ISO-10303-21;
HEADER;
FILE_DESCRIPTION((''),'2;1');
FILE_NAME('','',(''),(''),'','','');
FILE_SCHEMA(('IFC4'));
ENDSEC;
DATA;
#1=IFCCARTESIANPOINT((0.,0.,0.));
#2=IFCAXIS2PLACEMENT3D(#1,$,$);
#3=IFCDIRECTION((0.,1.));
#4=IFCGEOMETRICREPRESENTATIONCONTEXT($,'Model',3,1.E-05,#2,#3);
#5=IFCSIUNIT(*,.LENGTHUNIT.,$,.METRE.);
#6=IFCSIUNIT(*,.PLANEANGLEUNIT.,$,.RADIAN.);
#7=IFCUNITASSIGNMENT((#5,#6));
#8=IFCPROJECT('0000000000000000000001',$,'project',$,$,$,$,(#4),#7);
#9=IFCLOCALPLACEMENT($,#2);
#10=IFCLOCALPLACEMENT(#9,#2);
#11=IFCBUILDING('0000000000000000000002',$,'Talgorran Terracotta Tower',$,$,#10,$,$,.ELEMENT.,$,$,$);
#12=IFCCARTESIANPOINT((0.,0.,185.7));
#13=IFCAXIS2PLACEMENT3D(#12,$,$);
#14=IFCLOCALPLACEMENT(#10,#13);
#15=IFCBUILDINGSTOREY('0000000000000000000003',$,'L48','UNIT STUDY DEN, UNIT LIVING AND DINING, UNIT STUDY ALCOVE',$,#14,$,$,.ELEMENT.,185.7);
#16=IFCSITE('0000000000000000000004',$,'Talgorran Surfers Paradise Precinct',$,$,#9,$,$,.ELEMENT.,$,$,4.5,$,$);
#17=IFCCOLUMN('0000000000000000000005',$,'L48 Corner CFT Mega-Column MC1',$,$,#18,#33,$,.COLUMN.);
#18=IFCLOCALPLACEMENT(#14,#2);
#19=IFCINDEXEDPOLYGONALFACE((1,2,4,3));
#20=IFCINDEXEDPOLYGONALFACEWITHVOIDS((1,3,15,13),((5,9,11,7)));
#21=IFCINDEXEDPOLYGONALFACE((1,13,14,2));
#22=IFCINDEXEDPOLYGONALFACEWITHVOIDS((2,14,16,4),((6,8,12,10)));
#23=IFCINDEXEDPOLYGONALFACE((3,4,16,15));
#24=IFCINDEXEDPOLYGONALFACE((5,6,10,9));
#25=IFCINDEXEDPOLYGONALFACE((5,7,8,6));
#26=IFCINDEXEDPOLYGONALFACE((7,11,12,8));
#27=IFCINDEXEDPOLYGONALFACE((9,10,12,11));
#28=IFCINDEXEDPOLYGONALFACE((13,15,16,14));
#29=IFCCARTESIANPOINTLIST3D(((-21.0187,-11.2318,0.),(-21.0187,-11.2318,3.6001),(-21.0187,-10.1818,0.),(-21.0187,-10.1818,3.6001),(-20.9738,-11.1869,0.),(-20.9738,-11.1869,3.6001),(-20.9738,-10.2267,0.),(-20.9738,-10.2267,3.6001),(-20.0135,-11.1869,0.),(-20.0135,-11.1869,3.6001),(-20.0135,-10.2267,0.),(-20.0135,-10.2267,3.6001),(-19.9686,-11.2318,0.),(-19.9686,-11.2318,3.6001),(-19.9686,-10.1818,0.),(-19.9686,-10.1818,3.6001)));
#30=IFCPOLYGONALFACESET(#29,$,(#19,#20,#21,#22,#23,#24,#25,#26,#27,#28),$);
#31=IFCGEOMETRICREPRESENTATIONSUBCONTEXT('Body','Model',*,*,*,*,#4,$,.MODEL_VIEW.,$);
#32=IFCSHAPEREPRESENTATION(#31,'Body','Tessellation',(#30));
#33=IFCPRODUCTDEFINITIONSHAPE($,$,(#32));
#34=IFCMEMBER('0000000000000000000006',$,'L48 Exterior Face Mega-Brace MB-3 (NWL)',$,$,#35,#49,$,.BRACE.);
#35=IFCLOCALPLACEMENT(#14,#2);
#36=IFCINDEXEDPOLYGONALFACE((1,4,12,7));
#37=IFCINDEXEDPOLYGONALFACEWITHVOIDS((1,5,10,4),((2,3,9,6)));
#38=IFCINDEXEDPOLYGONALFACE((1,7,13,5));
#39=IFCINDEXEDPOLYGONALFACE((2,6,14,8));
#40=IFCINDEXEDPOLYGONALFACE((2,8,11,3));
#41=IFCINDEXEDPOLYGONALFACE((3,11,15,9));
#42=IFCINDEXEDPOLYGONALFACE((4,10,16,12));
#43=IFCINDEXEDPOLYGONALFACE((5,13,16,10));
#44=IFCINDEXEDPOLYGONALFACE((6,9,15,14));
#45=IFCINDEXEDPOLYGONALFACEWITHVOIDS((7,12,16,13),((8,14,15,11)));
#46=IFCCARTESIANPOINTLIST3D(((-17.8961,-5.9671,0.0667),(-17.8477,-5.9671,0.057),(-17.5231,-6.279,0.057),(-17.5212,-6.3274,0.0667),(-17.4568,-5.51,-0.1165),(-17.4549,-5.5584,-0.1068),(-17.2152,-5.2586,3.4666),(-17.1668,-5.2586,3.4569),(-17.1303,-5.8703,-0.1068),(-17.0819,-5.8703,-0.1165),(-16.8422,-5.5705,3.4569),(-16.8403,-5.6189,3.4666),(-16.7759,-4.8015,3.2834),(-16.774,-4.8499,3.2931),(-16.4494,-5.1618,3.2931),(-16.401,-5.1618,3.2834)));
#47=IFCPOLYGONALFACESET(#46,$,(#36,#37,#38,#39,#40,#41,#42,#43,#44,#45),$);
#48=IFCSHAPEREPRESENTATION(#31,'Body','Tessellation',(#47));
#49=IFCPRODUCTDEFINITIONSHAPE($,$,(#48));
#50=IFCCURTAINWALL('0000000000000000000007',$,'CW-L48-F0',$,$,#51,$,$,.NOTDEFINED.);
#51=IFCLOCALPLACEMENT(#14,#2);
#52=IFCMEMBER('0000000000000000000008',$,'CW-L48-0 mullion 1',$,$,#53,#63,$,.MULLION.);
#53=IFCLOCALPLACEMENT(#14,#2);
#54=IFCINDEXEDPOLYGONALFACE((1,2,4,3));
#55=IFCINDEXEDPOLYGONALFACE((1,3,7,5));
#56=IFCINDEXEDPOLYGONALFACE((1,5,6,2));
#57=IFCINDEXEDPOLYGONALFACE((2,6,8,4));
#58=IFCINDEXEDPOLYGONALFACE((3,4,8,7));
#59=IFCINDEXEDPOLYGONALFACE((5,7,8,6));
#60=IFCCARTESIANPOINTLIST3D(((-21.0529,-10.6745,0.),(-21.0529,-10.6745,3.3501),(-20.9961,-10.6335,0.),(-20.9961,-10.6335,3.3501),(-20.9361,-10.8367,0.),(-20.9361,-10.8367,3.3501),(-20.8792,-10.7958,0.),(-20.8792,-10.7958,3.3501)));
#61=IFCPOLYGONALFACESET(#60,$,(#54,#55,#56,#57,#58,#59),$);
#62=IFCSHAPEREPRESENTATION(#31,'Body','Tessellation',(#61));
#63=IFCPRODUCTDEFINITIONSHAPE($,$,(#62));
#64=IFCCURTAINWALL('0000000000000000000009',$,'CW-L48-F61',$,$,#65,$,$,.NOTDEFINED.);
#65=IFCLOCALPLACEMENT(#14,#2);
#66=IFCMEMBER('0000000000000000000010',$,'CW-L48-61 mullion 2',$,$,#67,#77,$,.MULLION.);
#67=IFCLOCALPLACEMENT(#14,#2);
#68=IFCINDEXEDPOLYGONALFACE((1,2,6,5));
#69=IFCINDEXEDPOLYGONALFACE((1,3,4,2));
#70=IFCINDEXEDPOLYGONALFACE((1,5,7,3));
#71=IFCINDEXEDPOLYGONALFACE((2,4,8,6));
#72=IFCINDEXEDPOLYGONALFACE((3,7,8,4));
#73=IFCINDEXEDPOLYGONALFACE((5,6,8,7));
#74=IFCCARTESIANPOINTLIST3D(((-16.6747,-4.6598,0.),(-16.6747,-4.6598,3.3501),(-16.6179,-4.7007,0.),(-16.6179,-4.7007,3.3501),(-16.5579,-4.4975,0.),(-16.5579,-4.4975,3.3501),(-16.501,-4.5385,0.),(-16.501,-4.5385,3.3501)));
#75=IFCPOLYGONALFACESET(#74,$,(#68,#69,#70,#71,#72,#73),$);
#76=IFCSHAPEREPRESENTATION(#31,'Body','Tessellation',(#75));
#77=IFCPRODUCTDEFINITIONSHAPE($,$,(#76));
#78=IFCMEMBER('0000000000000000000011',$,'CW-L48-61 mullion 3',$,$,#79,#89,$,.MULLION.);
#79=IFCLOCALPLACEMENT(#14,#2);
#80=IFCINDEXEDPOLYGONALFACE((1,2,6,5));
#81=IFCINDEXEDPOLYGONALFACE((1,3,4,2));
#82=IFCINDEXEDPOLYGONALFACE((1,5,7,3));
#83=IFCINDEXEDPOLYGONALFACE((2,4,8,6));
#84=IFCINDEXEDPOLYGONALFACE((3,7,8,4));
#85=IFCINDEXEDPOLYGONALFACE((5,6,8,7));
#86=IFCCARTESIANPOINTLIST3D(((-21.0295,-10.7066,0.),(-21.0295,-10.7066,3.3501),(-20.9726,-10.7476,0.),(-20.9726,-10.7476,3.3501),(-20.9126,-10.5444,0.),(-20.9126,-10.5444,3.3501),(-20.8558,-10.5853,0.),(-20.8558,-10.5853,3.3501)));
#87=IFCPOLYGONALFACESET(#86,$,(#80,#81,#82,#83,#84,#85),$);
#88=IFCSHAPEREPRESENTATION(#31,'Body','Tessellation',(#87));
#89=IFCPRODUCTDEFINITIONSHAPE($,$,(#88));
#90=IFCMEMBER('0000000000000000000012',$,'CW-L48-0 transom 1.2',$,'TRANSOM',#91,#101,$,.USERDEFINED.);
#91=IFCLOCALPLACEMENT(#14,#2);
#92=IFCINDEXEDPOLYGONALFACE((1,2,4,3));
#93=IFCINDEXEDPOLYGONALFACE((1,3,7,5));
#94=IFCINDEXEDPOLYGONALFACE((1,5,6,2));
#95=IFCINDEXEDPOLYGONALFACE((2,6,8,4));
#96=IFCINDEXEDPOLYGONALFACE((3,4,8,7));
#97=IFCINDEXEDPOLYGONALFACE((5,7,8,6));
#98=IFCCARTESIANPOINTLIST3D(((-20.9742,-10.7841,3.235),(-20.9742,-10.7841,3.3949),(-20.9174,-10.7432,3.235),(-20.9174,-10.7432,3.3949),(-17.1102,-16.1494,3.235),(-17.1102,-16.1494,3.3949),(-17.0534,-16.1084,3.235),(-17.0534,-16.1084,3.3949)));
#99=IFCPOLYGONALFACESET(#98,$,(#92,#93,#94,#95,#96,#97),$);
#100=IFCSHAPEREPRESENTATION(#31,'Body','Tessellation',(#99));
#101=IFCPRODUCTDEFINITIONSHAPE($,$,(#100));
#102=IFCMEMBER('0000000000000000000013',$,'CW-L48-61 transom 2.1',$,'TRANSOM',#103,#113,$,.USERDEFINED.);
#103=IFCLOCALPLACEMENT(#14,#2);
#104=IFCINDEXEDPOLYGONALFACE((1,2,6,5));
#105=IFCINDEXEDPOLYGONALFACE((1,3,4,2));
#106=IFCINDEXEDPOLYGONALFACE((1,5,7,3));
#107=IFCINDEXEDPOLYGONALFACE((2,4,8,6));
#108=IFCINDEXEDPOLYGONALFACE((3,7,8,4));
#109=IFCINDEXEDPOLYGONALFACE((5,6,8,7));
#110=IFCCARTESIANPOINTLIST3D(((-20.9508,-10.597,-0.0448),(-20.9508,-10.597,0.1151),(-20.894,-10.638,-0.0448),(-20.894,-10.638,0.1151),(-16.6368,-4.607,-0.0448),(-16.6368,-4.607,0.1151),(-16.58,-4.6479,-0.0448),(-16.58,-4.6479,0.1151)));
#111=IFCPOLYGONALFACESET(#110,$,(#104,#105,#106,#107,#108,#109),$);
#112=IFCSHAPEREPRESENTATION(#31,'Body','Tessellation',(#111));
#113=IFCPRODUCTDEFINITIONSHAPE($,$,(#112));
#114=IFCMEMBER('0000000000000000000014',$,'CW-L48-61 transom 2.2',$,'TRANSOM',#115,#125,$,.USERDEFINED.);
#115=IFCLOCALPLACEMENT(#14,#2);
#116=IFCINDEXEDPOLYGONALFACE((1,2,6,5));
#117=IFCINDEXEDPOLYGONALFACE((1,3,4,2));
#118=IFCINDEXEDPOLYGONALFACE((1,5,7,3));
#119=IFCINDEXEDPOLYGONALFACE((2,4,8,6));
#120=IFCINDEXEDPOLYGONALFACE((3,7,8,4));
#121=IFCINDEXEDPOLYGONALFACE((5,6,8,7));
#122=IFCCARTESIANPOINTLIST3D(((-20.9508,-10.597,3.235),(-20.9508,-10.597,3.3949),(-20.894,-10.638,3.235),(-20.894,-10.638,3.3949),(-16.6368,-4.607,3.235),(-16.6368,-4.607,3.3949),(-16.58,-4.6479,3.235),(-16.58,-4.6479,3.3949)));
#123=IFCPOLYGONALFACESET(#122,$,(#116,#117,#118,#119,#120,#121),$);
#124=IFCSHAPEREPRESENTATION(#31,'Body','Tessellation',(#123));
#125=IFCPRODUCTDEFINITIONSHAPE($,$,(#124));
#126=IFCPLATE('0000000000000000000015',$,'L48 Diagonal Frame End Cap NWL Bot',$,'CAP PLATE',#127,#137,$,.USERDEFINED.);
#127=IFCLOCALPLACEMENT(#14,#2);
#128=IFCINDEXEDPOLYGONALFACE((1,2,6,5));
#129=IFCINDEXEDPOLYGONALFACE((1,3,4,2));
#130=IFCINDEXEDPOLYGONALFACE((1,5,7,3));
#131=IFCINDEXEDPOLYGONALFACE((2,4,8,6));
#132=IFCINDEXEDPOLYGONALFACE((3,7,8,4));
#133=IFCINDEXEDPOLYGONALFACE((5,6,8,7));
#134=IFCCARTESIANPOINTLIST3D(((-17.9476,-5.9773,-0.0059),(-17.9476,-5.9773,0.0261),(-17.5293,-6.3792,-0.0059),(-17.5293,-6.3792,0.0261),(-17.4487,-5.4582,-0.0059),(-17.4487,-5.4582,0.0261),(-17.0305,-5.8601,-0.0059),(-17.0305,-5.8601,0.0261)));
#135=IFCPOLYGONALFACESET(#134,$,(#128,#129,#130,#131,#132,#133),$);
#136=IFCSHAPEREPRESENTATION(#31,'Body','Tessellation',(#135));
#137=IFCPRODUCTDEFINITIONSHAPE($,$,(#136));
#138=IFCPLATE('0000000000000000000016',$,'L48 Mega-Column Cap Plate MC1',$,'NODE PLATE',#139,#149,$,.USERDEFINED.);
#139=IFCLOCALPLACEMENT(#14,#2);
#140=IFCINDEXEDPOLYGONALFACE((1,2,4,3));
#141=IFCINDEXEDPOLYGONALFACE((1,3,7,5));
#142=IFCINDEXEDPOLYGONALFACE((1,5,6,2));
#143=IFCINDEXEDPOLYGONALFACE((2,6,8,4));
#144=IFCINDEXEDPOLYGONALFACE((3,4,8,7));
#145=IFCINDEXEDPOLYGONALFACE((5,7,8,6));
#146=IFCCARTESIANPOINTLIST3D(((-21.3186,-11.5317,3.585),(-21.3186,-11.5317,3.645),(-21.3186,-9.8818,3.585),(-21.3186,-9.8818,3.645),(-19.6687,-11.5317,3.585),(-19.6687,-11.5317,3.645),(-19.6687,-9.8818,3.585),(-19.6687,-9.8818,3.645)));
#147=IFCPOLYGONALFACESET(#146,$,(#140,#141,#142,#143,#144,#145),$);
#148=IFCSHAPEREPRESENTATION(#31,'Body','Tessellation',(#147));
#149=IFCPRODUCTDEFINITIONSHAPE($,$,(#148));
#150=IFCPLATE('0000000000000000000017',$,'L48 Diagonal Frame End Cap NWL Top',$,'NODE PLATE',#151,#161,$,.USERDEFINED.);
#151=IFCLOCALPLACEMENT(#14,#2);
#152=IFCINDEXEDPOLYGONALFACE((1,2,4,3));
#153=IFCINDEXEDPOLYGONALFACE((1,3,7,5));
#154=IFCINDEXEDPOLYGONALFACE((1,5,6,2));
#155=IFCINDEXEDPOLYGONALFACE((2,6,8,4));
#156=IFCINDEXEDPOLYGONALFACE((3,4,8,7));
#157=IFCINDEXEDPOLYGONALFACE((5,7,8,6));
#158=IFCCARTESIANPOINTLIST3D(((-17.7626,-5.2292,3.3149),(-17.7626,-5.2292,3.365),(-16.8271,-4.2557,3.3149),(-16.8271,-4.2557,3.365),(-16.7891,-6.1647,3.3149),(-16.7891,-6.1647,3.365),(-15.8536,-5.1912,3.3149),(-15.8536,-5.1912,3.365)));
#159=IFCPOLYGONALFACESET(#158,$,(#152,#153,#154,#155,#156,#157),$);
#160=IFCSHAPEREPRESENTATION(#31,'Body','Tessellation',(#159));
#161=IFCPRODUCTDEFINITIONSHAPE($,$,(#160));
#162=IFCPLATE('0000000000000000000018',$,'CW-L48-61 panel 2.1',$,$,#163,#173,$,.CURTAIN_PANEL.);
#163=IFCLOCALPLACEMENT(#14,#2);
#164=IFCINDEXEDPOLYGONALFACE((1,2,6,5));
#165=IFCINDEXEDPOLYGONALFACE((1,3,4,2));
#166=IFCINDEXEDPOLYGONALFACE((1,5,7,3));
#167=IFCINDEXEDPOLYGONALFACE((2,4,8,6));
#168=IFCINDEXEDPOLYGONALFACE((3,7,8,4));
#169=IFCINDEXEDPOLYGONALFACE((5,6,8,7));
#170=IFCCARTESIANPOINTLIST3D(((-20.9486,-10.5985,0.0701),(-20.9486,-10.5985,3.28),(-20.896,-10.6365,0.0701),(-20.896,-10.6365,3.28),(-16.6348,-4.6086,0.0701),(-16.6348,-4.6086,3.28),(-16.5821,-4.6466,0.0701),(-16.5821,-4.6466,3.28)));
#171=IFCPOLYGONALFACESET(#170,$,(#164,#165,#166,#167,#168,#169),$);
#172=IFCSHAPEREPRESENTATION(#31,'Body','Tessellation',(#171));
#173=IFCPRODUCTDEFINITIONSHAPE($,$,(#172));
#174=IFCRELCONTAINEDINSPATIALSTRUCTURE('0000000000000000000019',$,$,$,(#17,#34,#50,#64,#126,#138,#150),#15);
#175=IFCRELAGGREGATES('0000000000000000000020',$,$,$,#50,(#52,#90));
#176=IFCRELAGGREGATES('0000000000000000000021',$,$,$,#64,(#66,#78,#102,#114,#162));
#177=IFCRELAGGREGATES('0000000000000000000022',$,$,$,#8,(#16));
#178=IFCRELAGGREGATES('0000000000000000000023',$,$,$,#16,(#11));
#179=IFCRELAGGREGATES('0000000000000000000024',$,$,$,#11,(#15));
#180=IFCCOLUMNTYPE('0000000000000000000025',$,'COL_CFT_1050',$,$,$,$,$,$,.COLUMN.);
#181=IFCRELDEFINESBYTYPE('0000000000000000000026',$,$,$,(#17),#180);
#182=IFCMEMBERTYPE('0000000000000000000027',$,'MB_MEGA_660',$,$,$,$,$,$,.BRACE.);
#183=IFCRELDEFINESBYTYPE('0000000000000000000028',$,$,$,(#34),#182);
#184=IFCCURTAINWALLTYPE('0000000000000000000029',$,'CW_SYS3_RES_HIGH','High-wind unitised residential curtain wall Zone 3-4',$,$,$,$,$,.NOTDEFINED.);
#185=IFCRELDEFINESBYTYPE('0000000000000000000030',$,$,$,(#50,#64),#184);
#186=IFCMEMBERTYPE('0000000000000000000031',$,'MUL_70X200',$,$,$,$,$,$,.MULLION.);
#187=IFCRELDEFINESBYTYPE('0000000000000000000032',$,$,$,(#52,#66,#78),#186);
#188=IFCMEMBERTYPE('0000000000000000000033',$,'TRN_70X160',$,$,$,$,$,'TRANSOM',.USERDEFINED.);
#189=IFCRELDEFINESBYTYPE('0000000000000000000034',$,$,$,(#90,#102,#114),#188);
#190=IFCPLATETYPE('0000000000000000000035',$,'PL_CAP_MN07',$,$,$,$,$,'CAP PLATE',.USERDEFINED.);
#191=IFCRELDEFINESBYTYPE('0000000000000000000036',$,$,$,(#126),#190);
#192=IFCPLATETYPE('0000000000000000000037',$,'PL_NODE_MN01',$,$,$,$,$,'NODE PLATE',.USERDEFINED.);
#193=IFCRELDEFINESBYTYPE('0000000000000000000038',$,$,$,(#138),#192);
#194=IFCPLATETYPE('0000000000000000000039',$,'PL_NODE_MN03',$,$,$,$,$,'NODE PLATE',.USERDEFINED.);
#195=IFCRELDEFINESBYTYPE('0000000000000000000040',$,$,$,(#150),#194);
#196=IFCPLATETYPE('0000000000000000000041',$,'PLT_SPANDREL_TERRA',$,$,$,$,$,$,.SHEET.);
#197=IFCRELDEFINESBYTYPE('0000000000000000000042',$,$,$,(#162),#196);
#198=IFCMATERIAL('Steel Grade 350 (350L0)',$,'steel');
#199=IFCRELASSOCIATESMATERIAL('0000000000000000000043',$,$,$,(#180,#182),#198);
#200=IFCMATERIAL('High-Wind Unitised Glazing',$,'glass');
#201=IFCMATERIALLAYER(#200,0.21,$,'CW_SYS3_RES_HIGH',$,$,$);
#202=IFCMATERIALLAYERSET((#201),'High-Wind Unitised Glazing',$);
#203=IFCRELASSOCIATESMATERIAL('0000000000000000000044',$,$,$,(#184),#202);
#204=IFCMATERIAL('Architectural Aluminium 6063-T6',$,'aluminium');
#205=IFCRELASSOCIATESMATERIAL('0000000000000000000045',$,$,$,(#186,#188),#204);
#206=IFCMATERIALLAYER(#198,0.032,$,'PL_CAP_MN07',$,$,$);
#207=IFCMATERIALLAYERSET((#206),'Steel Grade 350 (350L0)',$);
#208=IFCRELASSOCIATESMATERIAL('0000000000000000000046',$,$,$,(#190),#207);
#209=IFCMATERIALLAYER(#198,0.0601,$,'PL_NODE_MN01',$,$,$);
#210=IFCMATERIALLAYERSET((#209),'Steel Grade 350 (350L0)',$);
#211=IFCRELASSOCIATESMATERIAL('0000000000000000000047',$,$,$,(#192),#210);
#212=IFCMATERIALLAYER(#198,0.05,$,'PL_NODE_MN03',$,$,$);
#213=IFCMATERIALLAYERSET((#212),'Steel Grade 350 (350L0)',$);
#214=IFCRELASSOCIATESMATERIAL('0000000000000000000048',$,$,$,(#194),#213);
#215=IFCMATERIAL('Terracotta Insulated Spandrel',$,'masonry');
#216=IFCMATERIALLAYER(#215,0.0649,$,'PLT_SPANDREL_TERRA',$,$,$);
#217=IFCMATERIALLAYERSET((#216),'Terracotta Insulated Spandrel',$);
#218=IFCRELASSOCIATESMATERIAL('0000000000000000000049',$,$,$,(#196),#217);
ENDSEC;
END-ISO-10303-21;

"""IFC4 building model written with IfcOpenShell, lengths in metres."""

from ifc_helpers import new_model, si_unit, direction, frame, origin, origin_2d, place, context, subcontext, project, spatial, rectangle, hollow_rectangle, extrude, source, transform, mapped, material, layer, layer_set, material_profile, profile_set, type_object, type_shapes, element, aggregate, save


model = new_model("IFC4")

# Units and contexts
model_context = context("Model", 3, precision=1e-05, world=origin(), true_north=direction((0.0, 1.0)))
body_context = subcontext(model_context, "Body", "Model", "MODEL_VIEW")
ifc_project = project(units=[si_unit("LENGTHUNIT", "METRE"), si_unit("PLANEANGLEUNIT", "RADIAN")], contexts=[model_context])

# Site, building, storey
site_placement = place(None, origin())
site = spatial("IfcSite", under=ifc_project, at=site_placement, Name="Talgorran Surfers Paradise Precinct", CompositionType="ELEMENT", RefElevation=4.5)
building_placement = place(site_placement, origin())
building = spatial("IfcBuilding", under=site, at=building_placement, Name="Talgorran Terracotta Tower", CompositionType="ELEMENT")
storey_placement = place(building_placement, frame((0.0, 0.0, 185.7)))
storey = spatial("IfcBuildingStorey", under=building, at=storey_placement, Name="L48", Description="UNIT STUDY DEN, UNIT LIVING AND DINING, UNIT STUDY ALCOVE", CompositionType="ELEMENT", Elevation=185.7)

# Column
ifc_material_1 = material(Name="Steel Grade 350 (350L0)", Category="steel")
ifc_material_profile_1 = material_profile(ifc_material_1, hollow_rectangle(XDim=1.05, YDim=1.05, WallThickness=0.0449, at=origin_2d()), Name="CFT1050X1050X45")
ifc_profile_set_1 = profile_set([ifc_material_profile_1], Name="Steel Grade 350 (350L0)")
column_type = type_object("IfcColumnType", Name="COL_CFT_1050", PredefinedType="COLUMN", material=ifc_profile_set_1)
column_placement = place(storey_placement, frame((-20.4937, -10.7068, 0.0), z_axis=(0.0, 0.0, 1.0), x_axis=(1.0, 0.0, 0.0)))
element("IfcColumn", 1, at=column_placement, inside=storey, type_object=column_type, Name="L48 Corner CFT Mega-Column MC1", PredefinedType="COLUMN", context=body_context, shape_type="SweptSolid", body=[
    extrude(hollow_rectangle(XDim=1.05, YDim=1.05, WallThickness=0.0449, at=origin_2d()), origin(), (0.0, 0.0, 1.0), 3.6001),
])

# Member
ifc_material_profile_2 = material_profile(ifc_material_1, hollow_rectangle(XDim=0.52, YDim=0.6599, WallThickness=0.0349, at=origin_2d()), Name="WBOX660X520X35")
ifc_profile_set_2 = profile_set([ifc_material_profile_2], Name="Steel Grade 350 (350L0)")
member_type_1 = type_object("IfcMemberType", Name="MB_MEGA_660", PredefinedType="BRACE", material=ifc_profile_set_2)
member_1_placement = place(storey_placement, frame((-17.489, -5.9187, -0.0249), z_axis=(0.192398, 0.200193, 0.96068), x_axis=(-0.721005, 0.69293, 0.0)))
element("IfcMember", 2, at=member_1_placement, inside=storey, type_object=member_type_1, Name="L48 Exterior Face Mega-Brace MB-3 (NWL)", PredefinedType="BRACE", context=body_context, shape_type="SweptSolid", body=[
    extrude(hollow_rectangle(XDim=0.52, YDim=0.6599, WallThickness=0.0349, at=origin_2d()), origin(), (0.0, 0.0, 1.0), 3.5391),
])

# Curtain wall, member
ifc_material_2 = material(Name="High-Wind Unitised Glazing", Category="glass")
ifc_layer_1 = layer(ifc_material_2, 0.21, Name="CW_SYS3_RES_HIGH")
ifc_layer_set_1 = layer_set([ifc_layer_1], Name="High-Wind Unitised Glazing")
curtain_wall_type = type_object("IfcCurtainWallType", Name="CW_SYS3_RES_HIGH", Description="High-wind unitised residential curtain wall Zone 3-4", PredefinedType="NOTDEFINED", material=ifc_layer_set_1)
curtain_wall_1_placement = place(storey_placement, origin())
curtain_wall_1 = element("IfcCurtainWall", 3, at=curtain_wall_1_placement, inside=storey, type_object=curtain_wall_type, Name="CW-L48-F0", PredefinedType="NOTDEFINED")
ifc_material_3 = material(Name="Architectural Aluminium 6063-T6", Category="aluminium")
ifc_material_profile_3 = material_profile(ifc_material_3, rectangle(XDim=0.0701, YDim=0.2, at=origin_2d()), Name="CWM70X200")
ifc_profile_set_3 = profile_set([ifc_material_profile_3], Name="Architectural Aluminium 6063-T6")
member_type_2 = type_object("IfcMemberType", Name="MUL_70X200", PredefinedType="MULLION", material=ifc_profile_set_3)
member_2_placement = place(storey_placement, frame((-20.9661, -10.7351, 0.0), z_axis=(0.0, 0.0, 1.0), x_axis=(0.81146, 0.584409, 0.0)))
member_2 = element("IfcMember", 4, at=member_2_placement, type_object=member_type_2, Name="CW-L48-0 mullion 1", PredefinedType="MULLION", context=body_context, shape_type="SweptSolid", body=[
    extrude(rectangle(XDim=0.0701, YDim=0.2, at=origin_2d()), origin(), (0.0, 0.0, 1.0), 3.3501),
])

# Curtain wall, members
curtain_wall_2_placement = place(storey_placement, origin())
curtain_wall_2 = element("IfcCurtainWall", 5, at=curtain_wall_2_placement, inside=storey, type_object=curtain_wall_type, Name="CW-L48-F61", PredefinedType="NOTDEFINED")
member_3_placement = place(storey_placement, frame((-16.5879, -4.5991, 0.0), z_axis=(0.0, 0.0, 1.0), x_axis=(0.811462, -0.584405, 0.0)))
member_3 = element("IfcMember", 6, at=member_3_placement, type_object=member_type_2, Name="CW-L48-61 mullion 2", PredefinedType="MULLION", context=body_context, shape_type="SweptSolid", body=[
    extrude(rectangle(XDim=0.0701, YDim=0.2, at=origin_2d()), origin(), (0.0, 0.0, 1.0), 3.3501),
])
member_4_placement = place(storey_placement, frame((-20.9426, -10.646, 0.0), z_axis=(0.0, 0.0, 1.0), x_axis=(0.811462, -0.584405, 0.0)))
member_4 = element("IfcMember", 7, at=member_4_placement, type_object=member_type_2, Name="CW-L48-61 mullion 3", PredefinedType="MULLION", context=body_context, shape_type="SweptSolid", body=[
    extrude(rectangle(XDim=0.0701, YDim=0.2, at=origin_2d()), origin(), (0.0, 0.0, 1.0), 3.3501),
])

# Members
ifc_material_profile_4 = material_profile(ifc_material_3, rectangle(XDim=0.0701, YDim=0.1599, at=origin_2d()), Name="CWT70X160")
ifc_profile_set_4 = profile_set([ifc_material_profile_4], Name="Architectural Aluminium 6063-T6")
member_type_3 = type_object("IfcMemberType", Name="TRN_70X160", ElementType="TRANSOM", PredefinedType="USERDEFINED", material=ifc_profile_set_4)
member_5_placement = place(storey_placement, frame((-20.9458, -10.7637, 3.3149), z_axis=(0.584409, -0.811459, 0.0), x_axis=(0.811459, 0.584409, 0.0)))
member_5 = element("IfcMember", 8, at=member_5_placement, type_object=member_type_3, Name="CW-L48-0 transom 1.2", ObjectType="TRANSOM", PredefinedType="USERDEFINED", context=body_context, shape_type="SweptSolid", body=[
    extrude(rectangle(XDim=0.0701, YDim=0.1599, at=origin_2d()), origin(), (0.0, 0.0, 1.0), 6.6118),
])
aggregate(curtain_wall_1, [member_2, member_5])
member_6_placement = place(storey_placement, frame((-16.6084, -4.6274, 0.0352), z_axis=(-0.584409, -0.811459, 0.0), x_axis=(0.811459, -0.584409, 0.0)))
member_6 = element("IfcMember", 9, at=member_6_placement, type_object=member_type_3, Name="CW-L48-61 transom 2.1", ObjectType="TRANSOM", PredefinedType="USERDEFINED", context=body_context, shape_type="SweptSolid", body=[
    extrude(rectangle(XDim=0.0701, YDim=0.1599, at=origin_2d()), origin(), (0.0, 0.0, 1.0), 7.3818),
])
member_7_placement = place(storey_placement, frame((-16.6084, -4.6274, 3.3149), z_axis=(-0.584409, -0.811459, 0.0), x_axis=(0.811459, -0.584409, 0.0)))
member_7 = element("IfcMember", 10, at=member_7_placement, type_object=member_type_3, Name="CW-L48-61 transom 2.2", ObjectType="TRANSOM", PredefinedType="USERDEFINED", context=body_context, shape_type="SweptSolid", body=[
    extrude(rectangle(XDim=0.0701, YDim=0.1599, at=origin_2d()), origin(), (0.0, 0.0, 1.0), 7.3818),
])

# Plates
ifc_layer_2 = layer(ifc_material_1, 0.032, Name="PL_CAP_MN07")
ifc_layer_set_2 = layer_set([ifc_layer_2], Name="Steel Grade 350 (350L0)")
plate_type_1 = type_object("IfcPlateType", Name="PL_CAP_MN07", ElementType="CAP PLATE", PredefinedType="USERDEFINED", material=ifc_layer_set_2)
plate_1_placement = place(storey_placement, frame((-17.489, -5.9187, -0.0059), z_axis=(0.0, 0.0, 1.0), x_axis=(0.692899, 0.721035, 0.0)))
element("IfcPlate", 11, at=plate_1_placement, inside=storey, type_object=plate_type_1, Name="L48 Diagonal Frame End Cap NWL Bot", ObjectType="CAP PLATE", PredefinedType="USERDEFINED", context=body_context, shape_type="SweptSolid", body=[
    extrude(rectangle(XDim=0.72, YDim=0.5801, at=origin_2d()), origin(), (0.0, 0.0, 1.0), 0.032),
])
ifc_layer_3 = layer(ifc_material_1, 0.0601, Name="PL_NODE_MN01")
ifc_layer_set_3 = layer_set([ifc_layer_3], Name="Steel Grade 350 (350L0)")
plate_type_2 = type_object("IfcPlateType", Name="PL_NODE_MN01", ElementType="NODE PLATE", PredefinedType="USERDEFINED", material=ifc_layer_set_3)
plate_2_placement = place(storey_placement, frame((-20.4937, -10.7068, 3.585), z_axis=(0.0, 0.0, 1.0), x_axis=(1.0, 0.0, 0.0)))
element("IfcPlate", 12, at=plate_2_placement, inside=storey, type_object=plate_type_2, Name="L48 Mega-Column Cap Plate MC1", ObjectType="NODE PLATE", PredefinedType="USERDEFINED", context=body_context, shape_type="SweptSolid", body=[
    extrude(rectangle(XDim=1.6499, YDim=1.6499, at=origin_2d()), origin(), (0.0, 0.0, 1.0), 0.0601),
])
ifc_layer_4 = layer(ifc_material_1, 0.05, Name="PL_NODE_MN03")
ifc_layer_set_4 = layer_set([ifc_layer_4], Name="Steel Grade 350 (350L0)")
plate_type_3 = type_object("IfcPlateType", Name="PL_NODE_MN03", ElementType="NODE PLATE", PredefinedType="USERDEFINED", material=ifc_layer_set_4)
plate_3_placement = place(storey_placement, frame((-16.8081, -5.2102, 3.3149), z_axis=(0.0, 0.0, 1.0), x_axis=(0.692899, 0.721035, 0.0)))
element("IfcPlate", 13, at=plate_3_placement, inside=storey, type_object=plate_type_3, Name="L48 Diagonal Frame End Cap NWL Top", ObjectType="NODE PLATE", PredefinedType="USERDEFINED", context=body_context, shape_type="SweptSolid", body=[
    extrude(rectangle(XDim=1.3501, YDim=1.3501, at=origin_2d()), origin(), (0.0, 0.0, 1.0), 0.05),
])

# Plate
ifc_material_4 = material(Name="Terracotta Insulated Spandrel", Category="masonry")
ifc_layer_5 = layer(ifc_material_4, 0.0649, Name="PLT_SPANDREL_TERRA")
ifc_layer_set_5 = layer_set([ifc_layer_5], Name="Terracotta Insulated Spandrel")
plate_type_4 = type_object("IfcPlateType", Name="PLT_SPANDREL_TERRA", PredefinedType="SHEET", material=ifc_layer_set_5)
shared_shape = source(origin(), body_context, "Body", "SweptSolid", [
    extrude(rectangle(XDim=7.3816, YDim=0.0649, at=origin_2d()), origin(), (0.0, 0.0, 1.0), 3.21),
])
type_shapes(plate_type_4, [shared_shape])
plate_4_placement = place(storey_placement, frame((-18.7654, -7.6226, 0.0701), z_axis=(0.0, 0.0, 1.0), x_axis=(-0.584405, -0.811462, 0.0)))
plate_4 = element("IfcPlate", 14, at=plate_4_placement, type_object=plate_type_4, Name="CW-L48-61 panel 2.1", PredefinedType="CURTAIN_PANEL", context=body_context, shape_type="MappedRepresentation", body=[
    mapped(shared_shape, transform((0.0, 0.0, 0.0), scale=1.0)),
])
aggregate(curtain_wall_2, [member_3, member_4, member_6, member_7, plate_4])

save(model, "model.ifc")
